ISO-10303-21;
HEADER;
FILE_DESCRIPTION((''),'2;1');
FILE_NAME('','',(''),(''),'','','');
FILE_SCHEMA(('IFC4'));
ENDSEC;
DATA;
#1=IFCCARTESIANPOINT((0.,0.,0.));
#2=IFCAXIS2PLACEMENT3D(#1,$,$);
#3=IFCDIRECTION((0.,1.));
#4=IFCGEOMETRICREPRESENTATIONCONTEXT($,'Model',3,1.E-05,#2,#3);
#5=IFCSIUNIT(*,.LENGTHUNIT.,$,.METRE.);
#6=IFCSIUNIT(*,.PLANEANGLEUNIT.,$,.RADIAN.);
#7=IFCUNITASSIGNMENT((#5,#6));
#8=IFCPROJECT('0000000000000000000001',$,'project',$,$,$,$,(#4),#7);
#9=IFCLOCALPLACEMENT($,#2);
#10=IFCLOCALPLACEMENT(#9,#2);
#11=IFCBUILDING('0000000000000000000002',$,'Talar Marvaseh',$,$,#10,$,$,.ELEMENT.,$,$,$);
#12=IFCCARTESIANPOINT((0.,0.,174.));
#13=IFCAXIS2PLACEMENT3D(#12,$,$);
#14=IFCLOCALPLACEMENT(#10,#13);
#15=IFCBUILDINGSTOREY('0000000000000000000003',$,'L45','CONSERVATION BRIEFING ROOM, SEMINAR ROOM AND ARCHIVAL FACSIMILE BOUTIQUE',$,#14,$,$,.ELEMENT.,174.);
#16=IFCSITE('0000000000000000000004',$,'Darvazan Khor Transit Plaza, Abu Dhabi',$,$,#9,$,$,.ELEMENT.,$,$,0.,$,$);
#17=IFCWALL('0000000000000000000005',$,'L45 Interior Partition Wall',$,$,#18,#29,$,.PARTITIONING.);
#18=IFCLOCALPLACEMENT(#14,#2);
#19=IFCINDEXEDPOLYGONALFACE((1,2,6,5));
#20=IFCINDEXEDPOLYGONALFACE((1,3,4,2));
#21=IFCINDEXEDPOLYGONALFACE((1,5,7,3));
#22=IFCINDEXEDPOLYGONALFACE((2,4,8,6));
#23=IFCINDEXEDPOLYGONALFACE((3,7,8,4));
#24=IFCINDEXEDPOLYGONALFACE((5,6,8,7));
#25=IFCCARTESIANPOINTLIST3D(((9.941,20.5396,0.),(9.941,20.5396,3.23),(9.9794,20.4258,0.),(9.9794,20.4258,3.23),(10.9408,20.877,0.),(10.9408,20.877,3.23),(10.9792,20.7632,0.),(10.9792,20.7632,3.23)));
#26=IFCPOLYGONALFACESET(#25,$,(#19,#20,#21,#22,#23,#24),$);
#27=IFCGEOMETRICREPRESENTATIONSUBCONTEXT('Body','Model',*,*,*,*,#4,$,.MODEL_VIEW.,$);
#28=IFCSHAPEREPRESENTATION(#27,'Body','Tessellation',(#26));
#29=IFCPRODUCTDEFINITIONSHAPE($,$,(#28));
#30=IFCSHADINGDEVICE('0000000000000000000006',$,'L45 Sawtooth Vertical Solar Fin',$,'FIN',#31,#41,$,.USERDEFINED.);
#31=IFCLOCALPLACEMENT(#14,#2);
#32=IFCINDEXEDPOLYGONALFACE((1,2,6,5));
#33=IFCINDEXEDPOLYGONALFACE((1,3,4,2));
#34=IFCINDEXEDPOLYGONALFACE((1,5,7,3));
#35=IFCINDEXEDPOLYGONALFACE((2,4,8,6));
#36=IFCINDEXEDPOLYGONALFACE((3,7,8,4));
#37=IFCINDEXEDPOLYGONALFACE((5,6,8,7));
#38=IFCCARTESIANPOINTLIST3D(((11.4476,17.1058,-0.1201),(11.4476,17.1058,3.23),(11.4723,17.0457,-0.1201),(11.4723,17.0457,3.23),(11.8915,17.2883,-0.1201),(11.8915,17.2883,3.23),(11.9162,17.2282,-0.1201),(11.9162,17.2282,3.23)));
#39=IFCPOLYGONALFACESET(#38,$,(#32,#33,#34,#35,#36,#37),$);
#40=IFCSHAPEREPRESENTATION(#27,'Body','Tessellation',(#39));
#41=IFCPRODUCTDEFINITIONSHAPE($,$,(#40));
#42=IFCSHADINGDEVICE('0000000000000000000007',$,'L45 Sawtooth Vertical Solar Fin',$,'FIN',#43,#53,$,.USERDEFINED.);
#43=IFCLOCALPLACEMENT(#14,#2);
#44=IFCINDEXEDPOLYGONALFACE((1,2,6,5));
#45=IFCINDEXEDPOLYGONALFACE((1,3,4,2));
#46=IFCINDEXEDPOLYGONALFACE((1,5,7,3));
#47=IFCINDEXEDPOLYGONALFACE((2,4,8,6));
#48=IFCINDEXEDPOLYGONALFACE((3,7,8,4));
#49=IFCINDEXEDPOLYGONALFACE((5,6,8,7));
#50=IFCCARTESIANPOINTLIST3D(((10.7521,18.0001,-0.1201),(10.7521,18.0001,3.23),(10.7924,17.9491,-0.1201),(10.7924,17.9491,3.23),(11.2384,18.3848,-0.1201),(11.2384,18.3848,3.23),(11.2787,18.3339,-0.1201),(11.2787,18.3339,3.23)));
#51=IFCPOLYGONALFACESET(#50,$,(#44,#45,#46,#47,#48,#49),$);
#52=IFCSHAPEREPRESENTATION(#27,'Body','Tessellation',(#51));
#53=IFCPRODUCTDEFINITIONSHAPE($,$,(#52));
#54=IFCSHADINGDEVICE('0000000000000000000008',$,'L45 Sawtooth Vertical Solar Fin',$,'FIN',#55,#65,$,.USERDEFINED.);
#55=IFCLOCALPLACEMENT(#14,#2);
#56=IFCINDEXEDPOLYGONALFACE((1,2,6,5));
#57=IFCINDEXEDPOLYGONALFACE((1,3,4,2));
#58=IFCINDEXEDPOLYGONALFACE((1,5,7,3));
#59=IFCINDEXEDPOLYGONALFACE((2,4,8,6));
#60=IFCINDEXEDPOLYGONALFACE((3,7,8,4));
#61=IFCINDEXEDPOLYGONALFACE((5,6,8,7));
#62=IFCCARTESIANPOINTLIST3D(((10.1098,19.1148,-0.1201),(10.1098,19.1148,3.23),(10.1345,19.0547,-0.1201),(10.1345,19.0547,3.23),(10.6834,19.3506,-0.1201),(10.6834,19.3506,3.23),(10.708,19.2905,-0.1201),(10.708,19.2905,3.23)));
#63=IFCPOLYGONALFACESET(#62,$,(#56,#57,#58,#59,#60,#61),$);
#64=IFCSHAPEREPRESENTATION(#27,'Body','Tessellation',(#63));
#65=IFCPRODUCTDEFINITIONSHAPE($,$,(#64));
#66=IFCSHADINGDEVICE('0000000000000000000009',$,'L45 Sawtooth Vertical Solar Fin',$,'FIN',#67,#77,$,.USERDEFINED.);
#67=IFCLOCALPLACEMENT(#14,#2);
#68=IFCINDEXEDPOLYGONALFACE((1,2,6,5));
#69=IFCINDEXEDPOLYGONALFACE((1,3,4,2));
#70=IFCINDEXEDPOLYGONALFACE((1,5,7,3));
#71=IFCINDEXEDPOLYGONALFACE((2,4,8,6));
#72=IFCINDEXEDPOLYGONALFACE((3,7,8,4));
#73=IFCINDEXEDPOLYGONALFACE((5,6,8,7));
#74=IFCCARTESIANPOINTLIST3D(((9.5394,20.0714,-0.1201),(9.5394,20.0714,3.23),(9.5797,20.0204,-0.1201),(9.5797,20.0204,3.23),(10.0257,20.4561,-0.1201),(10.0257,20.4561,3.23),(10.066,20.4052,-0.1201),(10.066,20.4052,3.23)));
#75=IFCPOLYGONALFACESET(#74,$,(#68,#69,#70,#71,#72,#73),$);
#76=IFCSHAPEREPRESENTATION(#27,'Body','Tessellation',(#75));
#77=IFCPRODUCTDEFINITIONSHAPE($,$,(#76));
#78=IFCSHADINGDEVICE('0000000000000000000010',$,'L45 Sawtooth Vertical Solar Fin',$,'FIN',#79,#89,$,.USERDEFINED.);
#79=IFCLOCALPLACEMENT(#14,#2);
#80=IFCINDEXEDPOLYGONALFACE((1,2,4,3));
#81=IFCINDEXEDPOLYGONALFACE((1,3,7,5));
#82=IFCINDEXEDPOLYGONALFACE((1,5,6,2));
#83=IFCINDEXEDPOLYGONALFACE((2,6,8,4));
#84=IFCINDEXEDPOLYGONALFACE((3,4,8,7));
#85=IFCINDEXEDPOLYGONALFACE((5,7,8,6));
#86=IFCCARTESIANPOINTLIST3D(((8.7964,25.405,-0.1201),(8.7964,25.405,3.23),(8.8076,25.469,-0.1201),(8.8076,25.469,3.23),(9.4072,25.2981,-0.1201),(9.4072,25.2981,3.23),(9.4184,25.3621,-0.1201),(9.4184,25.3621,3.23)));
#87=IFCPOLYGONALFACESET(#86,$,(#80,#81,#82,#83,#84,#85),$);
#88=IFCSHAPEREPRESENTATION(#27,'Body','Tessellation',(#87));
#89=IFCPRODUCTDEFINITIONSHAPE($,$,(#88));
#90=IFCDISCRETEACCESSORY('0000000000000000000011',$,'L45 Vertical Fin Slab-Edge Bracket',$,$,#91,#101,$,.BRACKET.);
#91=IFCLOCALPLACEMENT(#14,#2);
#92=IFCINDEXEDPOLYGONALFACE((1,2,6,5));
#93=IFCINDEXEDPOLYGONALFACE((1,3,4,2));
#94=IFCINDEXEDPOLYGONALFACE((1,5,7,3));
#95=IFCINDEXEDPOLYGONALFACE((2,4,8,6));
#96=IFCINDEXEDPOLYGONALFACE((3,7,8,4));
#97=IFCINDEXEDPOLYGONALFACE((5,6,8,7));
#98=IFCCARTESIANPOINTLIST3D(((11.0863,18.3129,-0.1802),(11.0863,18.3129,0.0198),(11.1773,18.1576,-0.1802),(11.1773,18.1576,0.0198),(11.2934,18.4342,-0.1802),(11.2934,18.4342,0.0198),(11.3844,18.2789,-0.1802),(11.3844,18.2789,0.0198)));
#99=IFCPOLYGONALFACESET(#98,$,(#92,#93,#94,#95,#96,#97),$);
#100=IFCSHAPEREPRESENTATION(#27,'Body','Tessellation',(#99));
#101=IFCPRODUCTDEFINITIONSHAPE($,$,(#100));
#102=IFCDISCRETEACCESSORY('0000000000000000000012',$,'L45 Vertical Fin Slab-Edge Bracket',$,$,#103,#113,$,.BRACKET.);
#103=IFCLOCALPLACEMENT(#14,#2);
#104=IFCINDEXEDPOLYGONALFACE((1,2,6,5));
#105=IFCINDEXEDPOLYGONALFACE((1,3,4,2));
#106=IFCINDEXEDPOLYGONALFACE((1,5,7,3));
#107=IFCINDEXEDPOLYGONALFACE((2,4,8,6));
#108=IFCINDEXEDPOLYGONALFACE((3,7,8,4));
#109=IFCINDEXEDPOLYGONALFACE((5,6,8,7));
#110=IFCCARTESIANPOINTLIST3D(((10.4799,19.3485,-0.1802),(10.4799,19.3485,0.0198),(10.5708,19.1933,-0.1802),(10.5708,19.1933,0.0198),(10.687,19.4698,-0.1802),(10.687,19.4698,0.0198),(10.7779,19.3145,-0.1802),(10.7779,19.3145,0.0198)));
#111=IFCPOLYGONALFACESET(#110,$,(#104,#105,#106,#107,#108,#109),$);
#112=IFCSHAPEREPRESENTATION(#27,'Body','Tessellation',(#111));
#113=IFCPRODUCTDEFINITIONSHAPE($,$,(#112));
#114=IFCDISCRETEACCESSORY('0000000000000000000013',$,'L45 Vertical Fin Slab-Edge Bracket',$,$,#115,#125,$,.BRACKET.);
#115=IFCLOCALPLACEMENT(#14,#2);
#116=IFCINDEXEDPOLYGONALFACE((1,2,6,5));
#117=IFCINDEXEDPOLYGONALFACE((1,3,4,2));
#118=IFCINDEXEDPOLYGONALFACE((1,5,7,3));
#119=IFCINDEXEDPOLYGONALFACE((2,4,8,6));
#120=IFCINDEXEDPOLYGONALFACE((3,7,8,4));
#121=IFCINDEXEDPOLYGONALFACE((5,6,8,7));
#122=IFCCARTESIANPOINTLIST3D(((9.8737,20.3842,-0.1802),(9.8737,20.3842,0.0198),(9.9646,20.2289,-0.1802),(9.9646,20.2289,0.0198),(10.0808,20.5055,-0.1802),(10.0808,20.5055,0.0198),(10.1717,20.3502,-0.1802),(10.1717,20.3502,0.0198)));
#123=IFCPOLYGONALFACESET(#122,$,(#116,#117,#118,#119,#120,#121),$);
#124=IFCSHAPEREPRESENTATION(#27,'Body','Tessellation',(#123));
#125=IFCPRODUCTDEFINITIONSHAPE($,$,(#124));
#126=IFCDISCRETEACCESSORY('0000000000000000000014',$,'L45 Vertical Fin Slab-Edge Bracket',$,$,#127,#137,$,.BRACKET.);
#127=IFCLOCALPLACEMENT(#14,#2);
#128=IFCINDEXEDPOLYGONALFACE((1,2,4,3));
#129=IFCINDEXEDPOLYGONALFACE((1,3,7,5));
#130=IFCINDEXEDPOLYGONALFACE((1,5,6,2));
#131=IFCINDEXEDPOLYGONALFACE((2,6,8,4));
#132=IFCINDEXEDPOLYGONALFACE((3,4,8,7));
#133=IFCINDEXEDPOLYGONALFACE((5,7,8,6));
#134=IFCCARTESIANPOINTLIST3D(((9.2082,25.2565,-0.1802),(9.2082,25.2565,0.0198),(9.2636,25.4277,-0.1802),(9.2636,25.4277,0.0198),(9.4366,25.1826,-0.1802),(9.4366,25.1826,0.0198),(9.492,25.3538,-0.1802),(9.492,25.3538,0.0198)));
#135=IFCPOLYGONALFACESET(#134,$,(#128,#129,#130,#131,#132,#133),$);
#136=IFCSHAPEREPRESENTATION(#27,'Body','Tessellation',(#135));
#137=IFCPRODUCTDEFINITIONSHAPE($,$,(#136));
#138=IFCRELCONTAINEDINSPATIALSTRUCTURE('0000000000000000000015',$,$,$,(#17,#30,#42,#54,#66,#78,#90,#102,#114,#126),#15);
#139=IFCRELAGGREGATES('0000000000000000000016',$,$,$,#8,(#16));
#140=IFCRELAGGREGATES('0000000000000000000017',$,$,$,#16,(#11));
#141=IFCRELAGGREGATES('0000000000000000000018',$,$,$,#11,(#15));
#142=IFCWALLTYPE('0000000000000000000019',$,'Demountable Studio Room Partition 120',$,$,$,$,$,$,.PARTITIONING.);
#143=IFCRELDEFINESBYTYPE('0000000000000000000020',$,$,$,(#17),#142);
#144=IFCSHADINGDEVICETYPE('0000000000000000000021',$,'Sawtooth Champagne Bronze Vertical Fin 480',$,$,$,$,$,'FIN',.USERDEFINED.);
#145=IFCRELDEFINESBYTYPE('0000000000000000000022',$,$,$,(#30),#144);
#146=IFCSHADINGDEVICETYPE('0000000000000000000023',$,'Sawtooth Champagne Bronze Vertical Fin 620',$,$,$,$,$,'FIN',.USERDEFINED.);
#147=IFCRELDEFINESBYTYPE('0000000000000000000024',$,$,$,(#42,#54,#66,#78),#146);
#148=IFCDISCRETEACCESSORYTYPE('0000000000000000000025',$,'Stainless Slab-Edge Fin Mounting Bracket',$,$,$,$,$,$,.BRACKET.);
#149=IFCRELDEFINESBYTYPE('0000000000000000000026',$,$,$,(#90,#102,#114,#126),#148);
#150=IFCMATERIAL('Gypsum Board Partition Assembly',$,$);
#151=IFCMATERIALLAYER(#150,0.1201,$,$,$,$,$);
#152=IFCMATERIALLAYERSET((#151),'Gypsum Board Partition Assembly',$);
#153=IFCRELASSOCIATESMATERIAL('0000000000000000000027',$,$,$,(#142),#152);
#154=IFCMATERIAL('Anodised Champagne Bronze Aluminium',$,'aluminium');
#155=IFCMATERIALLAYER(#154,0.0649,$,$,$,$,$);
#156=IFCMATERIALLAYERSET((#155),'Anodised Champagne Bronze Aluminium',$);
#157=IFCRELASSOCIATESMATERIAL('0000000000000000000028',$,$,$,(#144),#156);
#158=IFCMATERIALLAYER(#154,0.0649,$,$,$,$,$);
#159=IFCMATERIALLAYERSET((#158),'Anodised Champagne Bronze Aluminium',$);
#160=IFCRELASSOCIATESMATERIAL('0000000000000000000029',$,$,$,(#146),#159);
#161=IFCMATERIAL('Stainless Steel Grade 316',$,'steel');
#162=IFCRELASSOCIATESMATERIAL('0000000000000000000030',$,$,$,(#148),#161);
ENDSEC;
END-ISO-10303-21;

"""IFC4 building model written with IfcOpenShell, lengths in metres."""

from ifc_helpers import new_model, si_unit, direction, frame, frame_2d, origin, origin_2d, place, context, subcontext, project, spatial, rectangle, extrude, source, transform, mapped, material, layer, layer_set, type_object, type_shapes, element, save


model = new_model("IFC4")

# Units and contexts
model_context = context("Model", 3, precision=1e-05, world=origin(), true_north=direction((0.0, 1.0)))
body_context = subcontext(model_context, "Body", "Model", "MODEL_VIEW")
ifc_project = project(units=[si_unit("LENGTHUNIT", "METRE"), si_unit("PLANEANGLEUNIT", "RADIAN")], contexts=[model_context])

# Site, building, storey
site_placement = place(None, origin())
site = spatial("IfcSite", under=ifc_project, at=site_placement, Name="Darvazan Khor Transit Plaza, Abu Dhabi", CompositionType="ELEMENT", RefElevation=0.0)
building_placement = place(site_placement, origin())
building = spatial("IfcBuilding", under=site, at=building_placement, Name="Talar Marvaseh", CompositionType="ELEMENT")
storey_placement = place(building_placement, frame((0.0, 0.0, 174.0)))
storey = spatial("IfcBuildingStorey", under=building, at=storey_placement, Name="L45", Description="CONSERVATION BRIEFING ROOM, SEMINAR ROOM AND ARCHIVAL FACSIMILE BOUTIQUE", CompositionType="ELEMENT", Elevation=174.0)

# Wall
ifc_material_1 = material(Name="Gypsum Board Partition Assembly")
ifc_layer_1 = layer(ifc_material_1, 0.1201)
ifc_layer_set_1 = layer_set([ifc_layer_1], Name="Gypsum Board Partition Assembly")
wall_type_1 = type_object("IfcWallType", Name="Demountable Studio Room Partition 120", PredefinedType="PARTITIONING", material=ifc_layer_set_1)
wall_1_placement = place(storey_placement, frame((9.9602, 20.4827, 0.0), z_axis=(0.0, 0.0, 1.0), x_axis=(0.947497, 0.319766, 0.0)))
element("IfcWall", 1, at=wall_1_placement, inside=storey, type_object=wall_type_1, Name="L45 Interior Partition Wall", PredefinedType="PARTITIONING", context=body_context, shape_type="SweptSolid", body=[
    extrude(rectangle(XDim=1.0552, YDim=0.1201, at=frame_2d((0.5276, 0.0))), origin(), (0.0, 0.0, 1.0), 3.23),
])

# Shading devices
ifc_material_2 = material(Name="Anodised Champagne Bronze Aluminium", Category="aluminium")
ifc_layer_2 = layer(ifc_material_2, 0.0649)
ifc_layer_set_2 = layer_set([ifc_layer_2], Name="Anodised Champagne Bronze Aluminium")
shading_device_type_1 = type_object("IfcShadingDeviceType", Name="Sawtooth Champagne Bronze Vertical Fin 480", ElementType="FIN", PredefinedType="USERDEFINED", material=ifc_layer_set_2)
shared_shape_1 = source(origin(), body_context, "Body", "SweptSolid", [
    extrude(rectangle(XDim=0.48, YDim=0.0649, at=origin_2d()), origin(), (0.0, 0.0, 1.0), 3.3501),
])
type_shapes(shading_device_type_1, [shared_shape_1])
shading_device_placement = place(storey_placement, frame((11.6819, 17.167, -0.1201), z_axis=(0.0, 0.0, 1.0), x_axis=(-0.924878, -0.380263, 0.0)))
element("IfcShadingDevice", 2, at=shading_device_placement, inside=storey, type_object=shading_device_type_1, Name="L45 Sawtooth Vertical Solar Fin", ObjectType="FIN", PredefinedType="USERDEFINED", context=body_context, shape_type="MappedRepresentation", body=[
    mapped(shared_shape_1, transform((0.0, 0.0, 0.0), x_axis=(1.0, 0.0, 0.0), y_axis=(0.0, 1.0, 0.0), z_axis=(0.0, 0.0, 1.0), scale=1.0)),
])
ifc_layer_3 = layer(ifc_material_2, 0.0649)
ifc_layer_set_3 = layer_set([ifc_layer_3], Name="Anodised Champagne Bronze Aluminium")
shading_device_type_2 = type_object("IfcShadingDeviceType", Name="Sawtooth Champagne Bronze Vertical Fin 620", ElementType="FIN", PredefinedType="USERDEFINED", material=ifc_layer_set_3)
shared_shape_2 = source(origin(), body_context, "Body", "SweptSolid", [
    extrude(rectangle(XDim=0.6201, YDim=0.0649, at=origin_2d()), origin(), (0.0, 0.0, 1.0), 3.3501),
])
type_shapes(shading_device_type_2, [shared_shape_2])
for number, where, z_axis, x_axis, name in (
    (3, (11.0154, 18.167, -0.1201), (0.0, 0.0, 1.0), (-0.784235, -0.620464, 0.0), "L45 Sawtooth Vertical Solar Fin"),
    (4, (10.4089, 19.2026, -0.1201), (0.0, 0.0, 1.0), (-0.924878, -0.380263, 0.0), "L45 Sawtooth Vertical Solar Fin"),
    (5, (9.8027, 20.2383, -0.1201), (0.0, 0.0, 1.0), (-0.784235, -0.620464, 0.0), "L45 Sawtooth Vertical Solar Fin"),
    (6, (9.1074, 25.3835, -0.1201), (0.0, 0.0, 1.0), (-0.985019, 0.172445, 0.0), "L45 Sawtooth Vertical Solar Fin"),
):
    element("IfcShadingDevice", number, at=place(storey_placement, frame(where, z_axis=z_axis, x_axis=x_axis)), inside=storey, type_object=shading_device_type_2, Name=name, ObjectType="FIN", PredefinedType="USERDEFINED", context=body_context, shape_type="MappedRepresentation", body=[
        mapped(shared_shape_2, transform((0.0, 0.0, 0.0), x_axis=(1.0, 0.0, 0.0), y_axis=(0.0, 1.0, 0.0), z_axis=(0.0, 0.0, 1.0), scale=1.0)),
    ])

# Discrete accessories
ifc_material_3 = material(Name="Stainless Steel Grade 316", Category="steel")
discrete_accessory_type = type_object("IfcDiscreteAccessoryType", Name="Stainless Slab-Edge Fin Mounting Bracket", PredefinedType="BRACKET", material=ifc_material_3)
shared_shape_3 = source(origin(), body_context, "Body", "SweptSolid", [
    extrude(rectangle(XDim=0.24, YDim=0.1799, at=origin_2d()), origin(), (0.0, 0.0, 1.0), 0.2),
])
type_shapes(discrete_accessory_type, [shared_shape_3])
for number, where, z_axis, x_axis, name in (
    (7, (11.2354, 18.2959, -0.1802), (0.0, 0.0, 1.0), (-0.862955, -0.505281, 0.0), "L45 Vertical Fin Slab-Edge Bracket"),
    (8, (10.6289, 19.3315, -0.1802), (0.0, 0.0, 1.0), (-0.862955, -0.505281, 0.0), "L45 Vertical Fin Slab-Edge Bracket"),
    (9, (10.0227, 20.3672, -0.1802), (0.0, 0.0, 1.0), (-0.862955, -0.505281, 0.0), "L45 Vertical Fin Slab-Edge Bracket"),
    (10, (9.3501, 25.3052, -0.1802), (0.0, 0.0, 1.0), (-0.951433, 0.307855, 0.0), "L45 Vertical Fin Slab-Edge Bracket"),
):
    element("IfcDiscreteAccessory", number, at=place(storey_placement, frame(where, z_axis=z_axis, x_axis=x_axis)), inside=storey, type_object=discrete_accessory_type, Name=name, PredefinedType="BRACKET", context=body_context, shape_type="MappedRepresentation", body=[
        mapped(shared_shape_3, transform((0.0, 0.0, 0.0), x_axis=(1.0, 0.0, 0.0), y_axis=(0.0, 1.0, 0.0), z_axis=(0.0, 0.0, 1.0), scale=1.0)),
    ])

save(model, "model.ifc")
